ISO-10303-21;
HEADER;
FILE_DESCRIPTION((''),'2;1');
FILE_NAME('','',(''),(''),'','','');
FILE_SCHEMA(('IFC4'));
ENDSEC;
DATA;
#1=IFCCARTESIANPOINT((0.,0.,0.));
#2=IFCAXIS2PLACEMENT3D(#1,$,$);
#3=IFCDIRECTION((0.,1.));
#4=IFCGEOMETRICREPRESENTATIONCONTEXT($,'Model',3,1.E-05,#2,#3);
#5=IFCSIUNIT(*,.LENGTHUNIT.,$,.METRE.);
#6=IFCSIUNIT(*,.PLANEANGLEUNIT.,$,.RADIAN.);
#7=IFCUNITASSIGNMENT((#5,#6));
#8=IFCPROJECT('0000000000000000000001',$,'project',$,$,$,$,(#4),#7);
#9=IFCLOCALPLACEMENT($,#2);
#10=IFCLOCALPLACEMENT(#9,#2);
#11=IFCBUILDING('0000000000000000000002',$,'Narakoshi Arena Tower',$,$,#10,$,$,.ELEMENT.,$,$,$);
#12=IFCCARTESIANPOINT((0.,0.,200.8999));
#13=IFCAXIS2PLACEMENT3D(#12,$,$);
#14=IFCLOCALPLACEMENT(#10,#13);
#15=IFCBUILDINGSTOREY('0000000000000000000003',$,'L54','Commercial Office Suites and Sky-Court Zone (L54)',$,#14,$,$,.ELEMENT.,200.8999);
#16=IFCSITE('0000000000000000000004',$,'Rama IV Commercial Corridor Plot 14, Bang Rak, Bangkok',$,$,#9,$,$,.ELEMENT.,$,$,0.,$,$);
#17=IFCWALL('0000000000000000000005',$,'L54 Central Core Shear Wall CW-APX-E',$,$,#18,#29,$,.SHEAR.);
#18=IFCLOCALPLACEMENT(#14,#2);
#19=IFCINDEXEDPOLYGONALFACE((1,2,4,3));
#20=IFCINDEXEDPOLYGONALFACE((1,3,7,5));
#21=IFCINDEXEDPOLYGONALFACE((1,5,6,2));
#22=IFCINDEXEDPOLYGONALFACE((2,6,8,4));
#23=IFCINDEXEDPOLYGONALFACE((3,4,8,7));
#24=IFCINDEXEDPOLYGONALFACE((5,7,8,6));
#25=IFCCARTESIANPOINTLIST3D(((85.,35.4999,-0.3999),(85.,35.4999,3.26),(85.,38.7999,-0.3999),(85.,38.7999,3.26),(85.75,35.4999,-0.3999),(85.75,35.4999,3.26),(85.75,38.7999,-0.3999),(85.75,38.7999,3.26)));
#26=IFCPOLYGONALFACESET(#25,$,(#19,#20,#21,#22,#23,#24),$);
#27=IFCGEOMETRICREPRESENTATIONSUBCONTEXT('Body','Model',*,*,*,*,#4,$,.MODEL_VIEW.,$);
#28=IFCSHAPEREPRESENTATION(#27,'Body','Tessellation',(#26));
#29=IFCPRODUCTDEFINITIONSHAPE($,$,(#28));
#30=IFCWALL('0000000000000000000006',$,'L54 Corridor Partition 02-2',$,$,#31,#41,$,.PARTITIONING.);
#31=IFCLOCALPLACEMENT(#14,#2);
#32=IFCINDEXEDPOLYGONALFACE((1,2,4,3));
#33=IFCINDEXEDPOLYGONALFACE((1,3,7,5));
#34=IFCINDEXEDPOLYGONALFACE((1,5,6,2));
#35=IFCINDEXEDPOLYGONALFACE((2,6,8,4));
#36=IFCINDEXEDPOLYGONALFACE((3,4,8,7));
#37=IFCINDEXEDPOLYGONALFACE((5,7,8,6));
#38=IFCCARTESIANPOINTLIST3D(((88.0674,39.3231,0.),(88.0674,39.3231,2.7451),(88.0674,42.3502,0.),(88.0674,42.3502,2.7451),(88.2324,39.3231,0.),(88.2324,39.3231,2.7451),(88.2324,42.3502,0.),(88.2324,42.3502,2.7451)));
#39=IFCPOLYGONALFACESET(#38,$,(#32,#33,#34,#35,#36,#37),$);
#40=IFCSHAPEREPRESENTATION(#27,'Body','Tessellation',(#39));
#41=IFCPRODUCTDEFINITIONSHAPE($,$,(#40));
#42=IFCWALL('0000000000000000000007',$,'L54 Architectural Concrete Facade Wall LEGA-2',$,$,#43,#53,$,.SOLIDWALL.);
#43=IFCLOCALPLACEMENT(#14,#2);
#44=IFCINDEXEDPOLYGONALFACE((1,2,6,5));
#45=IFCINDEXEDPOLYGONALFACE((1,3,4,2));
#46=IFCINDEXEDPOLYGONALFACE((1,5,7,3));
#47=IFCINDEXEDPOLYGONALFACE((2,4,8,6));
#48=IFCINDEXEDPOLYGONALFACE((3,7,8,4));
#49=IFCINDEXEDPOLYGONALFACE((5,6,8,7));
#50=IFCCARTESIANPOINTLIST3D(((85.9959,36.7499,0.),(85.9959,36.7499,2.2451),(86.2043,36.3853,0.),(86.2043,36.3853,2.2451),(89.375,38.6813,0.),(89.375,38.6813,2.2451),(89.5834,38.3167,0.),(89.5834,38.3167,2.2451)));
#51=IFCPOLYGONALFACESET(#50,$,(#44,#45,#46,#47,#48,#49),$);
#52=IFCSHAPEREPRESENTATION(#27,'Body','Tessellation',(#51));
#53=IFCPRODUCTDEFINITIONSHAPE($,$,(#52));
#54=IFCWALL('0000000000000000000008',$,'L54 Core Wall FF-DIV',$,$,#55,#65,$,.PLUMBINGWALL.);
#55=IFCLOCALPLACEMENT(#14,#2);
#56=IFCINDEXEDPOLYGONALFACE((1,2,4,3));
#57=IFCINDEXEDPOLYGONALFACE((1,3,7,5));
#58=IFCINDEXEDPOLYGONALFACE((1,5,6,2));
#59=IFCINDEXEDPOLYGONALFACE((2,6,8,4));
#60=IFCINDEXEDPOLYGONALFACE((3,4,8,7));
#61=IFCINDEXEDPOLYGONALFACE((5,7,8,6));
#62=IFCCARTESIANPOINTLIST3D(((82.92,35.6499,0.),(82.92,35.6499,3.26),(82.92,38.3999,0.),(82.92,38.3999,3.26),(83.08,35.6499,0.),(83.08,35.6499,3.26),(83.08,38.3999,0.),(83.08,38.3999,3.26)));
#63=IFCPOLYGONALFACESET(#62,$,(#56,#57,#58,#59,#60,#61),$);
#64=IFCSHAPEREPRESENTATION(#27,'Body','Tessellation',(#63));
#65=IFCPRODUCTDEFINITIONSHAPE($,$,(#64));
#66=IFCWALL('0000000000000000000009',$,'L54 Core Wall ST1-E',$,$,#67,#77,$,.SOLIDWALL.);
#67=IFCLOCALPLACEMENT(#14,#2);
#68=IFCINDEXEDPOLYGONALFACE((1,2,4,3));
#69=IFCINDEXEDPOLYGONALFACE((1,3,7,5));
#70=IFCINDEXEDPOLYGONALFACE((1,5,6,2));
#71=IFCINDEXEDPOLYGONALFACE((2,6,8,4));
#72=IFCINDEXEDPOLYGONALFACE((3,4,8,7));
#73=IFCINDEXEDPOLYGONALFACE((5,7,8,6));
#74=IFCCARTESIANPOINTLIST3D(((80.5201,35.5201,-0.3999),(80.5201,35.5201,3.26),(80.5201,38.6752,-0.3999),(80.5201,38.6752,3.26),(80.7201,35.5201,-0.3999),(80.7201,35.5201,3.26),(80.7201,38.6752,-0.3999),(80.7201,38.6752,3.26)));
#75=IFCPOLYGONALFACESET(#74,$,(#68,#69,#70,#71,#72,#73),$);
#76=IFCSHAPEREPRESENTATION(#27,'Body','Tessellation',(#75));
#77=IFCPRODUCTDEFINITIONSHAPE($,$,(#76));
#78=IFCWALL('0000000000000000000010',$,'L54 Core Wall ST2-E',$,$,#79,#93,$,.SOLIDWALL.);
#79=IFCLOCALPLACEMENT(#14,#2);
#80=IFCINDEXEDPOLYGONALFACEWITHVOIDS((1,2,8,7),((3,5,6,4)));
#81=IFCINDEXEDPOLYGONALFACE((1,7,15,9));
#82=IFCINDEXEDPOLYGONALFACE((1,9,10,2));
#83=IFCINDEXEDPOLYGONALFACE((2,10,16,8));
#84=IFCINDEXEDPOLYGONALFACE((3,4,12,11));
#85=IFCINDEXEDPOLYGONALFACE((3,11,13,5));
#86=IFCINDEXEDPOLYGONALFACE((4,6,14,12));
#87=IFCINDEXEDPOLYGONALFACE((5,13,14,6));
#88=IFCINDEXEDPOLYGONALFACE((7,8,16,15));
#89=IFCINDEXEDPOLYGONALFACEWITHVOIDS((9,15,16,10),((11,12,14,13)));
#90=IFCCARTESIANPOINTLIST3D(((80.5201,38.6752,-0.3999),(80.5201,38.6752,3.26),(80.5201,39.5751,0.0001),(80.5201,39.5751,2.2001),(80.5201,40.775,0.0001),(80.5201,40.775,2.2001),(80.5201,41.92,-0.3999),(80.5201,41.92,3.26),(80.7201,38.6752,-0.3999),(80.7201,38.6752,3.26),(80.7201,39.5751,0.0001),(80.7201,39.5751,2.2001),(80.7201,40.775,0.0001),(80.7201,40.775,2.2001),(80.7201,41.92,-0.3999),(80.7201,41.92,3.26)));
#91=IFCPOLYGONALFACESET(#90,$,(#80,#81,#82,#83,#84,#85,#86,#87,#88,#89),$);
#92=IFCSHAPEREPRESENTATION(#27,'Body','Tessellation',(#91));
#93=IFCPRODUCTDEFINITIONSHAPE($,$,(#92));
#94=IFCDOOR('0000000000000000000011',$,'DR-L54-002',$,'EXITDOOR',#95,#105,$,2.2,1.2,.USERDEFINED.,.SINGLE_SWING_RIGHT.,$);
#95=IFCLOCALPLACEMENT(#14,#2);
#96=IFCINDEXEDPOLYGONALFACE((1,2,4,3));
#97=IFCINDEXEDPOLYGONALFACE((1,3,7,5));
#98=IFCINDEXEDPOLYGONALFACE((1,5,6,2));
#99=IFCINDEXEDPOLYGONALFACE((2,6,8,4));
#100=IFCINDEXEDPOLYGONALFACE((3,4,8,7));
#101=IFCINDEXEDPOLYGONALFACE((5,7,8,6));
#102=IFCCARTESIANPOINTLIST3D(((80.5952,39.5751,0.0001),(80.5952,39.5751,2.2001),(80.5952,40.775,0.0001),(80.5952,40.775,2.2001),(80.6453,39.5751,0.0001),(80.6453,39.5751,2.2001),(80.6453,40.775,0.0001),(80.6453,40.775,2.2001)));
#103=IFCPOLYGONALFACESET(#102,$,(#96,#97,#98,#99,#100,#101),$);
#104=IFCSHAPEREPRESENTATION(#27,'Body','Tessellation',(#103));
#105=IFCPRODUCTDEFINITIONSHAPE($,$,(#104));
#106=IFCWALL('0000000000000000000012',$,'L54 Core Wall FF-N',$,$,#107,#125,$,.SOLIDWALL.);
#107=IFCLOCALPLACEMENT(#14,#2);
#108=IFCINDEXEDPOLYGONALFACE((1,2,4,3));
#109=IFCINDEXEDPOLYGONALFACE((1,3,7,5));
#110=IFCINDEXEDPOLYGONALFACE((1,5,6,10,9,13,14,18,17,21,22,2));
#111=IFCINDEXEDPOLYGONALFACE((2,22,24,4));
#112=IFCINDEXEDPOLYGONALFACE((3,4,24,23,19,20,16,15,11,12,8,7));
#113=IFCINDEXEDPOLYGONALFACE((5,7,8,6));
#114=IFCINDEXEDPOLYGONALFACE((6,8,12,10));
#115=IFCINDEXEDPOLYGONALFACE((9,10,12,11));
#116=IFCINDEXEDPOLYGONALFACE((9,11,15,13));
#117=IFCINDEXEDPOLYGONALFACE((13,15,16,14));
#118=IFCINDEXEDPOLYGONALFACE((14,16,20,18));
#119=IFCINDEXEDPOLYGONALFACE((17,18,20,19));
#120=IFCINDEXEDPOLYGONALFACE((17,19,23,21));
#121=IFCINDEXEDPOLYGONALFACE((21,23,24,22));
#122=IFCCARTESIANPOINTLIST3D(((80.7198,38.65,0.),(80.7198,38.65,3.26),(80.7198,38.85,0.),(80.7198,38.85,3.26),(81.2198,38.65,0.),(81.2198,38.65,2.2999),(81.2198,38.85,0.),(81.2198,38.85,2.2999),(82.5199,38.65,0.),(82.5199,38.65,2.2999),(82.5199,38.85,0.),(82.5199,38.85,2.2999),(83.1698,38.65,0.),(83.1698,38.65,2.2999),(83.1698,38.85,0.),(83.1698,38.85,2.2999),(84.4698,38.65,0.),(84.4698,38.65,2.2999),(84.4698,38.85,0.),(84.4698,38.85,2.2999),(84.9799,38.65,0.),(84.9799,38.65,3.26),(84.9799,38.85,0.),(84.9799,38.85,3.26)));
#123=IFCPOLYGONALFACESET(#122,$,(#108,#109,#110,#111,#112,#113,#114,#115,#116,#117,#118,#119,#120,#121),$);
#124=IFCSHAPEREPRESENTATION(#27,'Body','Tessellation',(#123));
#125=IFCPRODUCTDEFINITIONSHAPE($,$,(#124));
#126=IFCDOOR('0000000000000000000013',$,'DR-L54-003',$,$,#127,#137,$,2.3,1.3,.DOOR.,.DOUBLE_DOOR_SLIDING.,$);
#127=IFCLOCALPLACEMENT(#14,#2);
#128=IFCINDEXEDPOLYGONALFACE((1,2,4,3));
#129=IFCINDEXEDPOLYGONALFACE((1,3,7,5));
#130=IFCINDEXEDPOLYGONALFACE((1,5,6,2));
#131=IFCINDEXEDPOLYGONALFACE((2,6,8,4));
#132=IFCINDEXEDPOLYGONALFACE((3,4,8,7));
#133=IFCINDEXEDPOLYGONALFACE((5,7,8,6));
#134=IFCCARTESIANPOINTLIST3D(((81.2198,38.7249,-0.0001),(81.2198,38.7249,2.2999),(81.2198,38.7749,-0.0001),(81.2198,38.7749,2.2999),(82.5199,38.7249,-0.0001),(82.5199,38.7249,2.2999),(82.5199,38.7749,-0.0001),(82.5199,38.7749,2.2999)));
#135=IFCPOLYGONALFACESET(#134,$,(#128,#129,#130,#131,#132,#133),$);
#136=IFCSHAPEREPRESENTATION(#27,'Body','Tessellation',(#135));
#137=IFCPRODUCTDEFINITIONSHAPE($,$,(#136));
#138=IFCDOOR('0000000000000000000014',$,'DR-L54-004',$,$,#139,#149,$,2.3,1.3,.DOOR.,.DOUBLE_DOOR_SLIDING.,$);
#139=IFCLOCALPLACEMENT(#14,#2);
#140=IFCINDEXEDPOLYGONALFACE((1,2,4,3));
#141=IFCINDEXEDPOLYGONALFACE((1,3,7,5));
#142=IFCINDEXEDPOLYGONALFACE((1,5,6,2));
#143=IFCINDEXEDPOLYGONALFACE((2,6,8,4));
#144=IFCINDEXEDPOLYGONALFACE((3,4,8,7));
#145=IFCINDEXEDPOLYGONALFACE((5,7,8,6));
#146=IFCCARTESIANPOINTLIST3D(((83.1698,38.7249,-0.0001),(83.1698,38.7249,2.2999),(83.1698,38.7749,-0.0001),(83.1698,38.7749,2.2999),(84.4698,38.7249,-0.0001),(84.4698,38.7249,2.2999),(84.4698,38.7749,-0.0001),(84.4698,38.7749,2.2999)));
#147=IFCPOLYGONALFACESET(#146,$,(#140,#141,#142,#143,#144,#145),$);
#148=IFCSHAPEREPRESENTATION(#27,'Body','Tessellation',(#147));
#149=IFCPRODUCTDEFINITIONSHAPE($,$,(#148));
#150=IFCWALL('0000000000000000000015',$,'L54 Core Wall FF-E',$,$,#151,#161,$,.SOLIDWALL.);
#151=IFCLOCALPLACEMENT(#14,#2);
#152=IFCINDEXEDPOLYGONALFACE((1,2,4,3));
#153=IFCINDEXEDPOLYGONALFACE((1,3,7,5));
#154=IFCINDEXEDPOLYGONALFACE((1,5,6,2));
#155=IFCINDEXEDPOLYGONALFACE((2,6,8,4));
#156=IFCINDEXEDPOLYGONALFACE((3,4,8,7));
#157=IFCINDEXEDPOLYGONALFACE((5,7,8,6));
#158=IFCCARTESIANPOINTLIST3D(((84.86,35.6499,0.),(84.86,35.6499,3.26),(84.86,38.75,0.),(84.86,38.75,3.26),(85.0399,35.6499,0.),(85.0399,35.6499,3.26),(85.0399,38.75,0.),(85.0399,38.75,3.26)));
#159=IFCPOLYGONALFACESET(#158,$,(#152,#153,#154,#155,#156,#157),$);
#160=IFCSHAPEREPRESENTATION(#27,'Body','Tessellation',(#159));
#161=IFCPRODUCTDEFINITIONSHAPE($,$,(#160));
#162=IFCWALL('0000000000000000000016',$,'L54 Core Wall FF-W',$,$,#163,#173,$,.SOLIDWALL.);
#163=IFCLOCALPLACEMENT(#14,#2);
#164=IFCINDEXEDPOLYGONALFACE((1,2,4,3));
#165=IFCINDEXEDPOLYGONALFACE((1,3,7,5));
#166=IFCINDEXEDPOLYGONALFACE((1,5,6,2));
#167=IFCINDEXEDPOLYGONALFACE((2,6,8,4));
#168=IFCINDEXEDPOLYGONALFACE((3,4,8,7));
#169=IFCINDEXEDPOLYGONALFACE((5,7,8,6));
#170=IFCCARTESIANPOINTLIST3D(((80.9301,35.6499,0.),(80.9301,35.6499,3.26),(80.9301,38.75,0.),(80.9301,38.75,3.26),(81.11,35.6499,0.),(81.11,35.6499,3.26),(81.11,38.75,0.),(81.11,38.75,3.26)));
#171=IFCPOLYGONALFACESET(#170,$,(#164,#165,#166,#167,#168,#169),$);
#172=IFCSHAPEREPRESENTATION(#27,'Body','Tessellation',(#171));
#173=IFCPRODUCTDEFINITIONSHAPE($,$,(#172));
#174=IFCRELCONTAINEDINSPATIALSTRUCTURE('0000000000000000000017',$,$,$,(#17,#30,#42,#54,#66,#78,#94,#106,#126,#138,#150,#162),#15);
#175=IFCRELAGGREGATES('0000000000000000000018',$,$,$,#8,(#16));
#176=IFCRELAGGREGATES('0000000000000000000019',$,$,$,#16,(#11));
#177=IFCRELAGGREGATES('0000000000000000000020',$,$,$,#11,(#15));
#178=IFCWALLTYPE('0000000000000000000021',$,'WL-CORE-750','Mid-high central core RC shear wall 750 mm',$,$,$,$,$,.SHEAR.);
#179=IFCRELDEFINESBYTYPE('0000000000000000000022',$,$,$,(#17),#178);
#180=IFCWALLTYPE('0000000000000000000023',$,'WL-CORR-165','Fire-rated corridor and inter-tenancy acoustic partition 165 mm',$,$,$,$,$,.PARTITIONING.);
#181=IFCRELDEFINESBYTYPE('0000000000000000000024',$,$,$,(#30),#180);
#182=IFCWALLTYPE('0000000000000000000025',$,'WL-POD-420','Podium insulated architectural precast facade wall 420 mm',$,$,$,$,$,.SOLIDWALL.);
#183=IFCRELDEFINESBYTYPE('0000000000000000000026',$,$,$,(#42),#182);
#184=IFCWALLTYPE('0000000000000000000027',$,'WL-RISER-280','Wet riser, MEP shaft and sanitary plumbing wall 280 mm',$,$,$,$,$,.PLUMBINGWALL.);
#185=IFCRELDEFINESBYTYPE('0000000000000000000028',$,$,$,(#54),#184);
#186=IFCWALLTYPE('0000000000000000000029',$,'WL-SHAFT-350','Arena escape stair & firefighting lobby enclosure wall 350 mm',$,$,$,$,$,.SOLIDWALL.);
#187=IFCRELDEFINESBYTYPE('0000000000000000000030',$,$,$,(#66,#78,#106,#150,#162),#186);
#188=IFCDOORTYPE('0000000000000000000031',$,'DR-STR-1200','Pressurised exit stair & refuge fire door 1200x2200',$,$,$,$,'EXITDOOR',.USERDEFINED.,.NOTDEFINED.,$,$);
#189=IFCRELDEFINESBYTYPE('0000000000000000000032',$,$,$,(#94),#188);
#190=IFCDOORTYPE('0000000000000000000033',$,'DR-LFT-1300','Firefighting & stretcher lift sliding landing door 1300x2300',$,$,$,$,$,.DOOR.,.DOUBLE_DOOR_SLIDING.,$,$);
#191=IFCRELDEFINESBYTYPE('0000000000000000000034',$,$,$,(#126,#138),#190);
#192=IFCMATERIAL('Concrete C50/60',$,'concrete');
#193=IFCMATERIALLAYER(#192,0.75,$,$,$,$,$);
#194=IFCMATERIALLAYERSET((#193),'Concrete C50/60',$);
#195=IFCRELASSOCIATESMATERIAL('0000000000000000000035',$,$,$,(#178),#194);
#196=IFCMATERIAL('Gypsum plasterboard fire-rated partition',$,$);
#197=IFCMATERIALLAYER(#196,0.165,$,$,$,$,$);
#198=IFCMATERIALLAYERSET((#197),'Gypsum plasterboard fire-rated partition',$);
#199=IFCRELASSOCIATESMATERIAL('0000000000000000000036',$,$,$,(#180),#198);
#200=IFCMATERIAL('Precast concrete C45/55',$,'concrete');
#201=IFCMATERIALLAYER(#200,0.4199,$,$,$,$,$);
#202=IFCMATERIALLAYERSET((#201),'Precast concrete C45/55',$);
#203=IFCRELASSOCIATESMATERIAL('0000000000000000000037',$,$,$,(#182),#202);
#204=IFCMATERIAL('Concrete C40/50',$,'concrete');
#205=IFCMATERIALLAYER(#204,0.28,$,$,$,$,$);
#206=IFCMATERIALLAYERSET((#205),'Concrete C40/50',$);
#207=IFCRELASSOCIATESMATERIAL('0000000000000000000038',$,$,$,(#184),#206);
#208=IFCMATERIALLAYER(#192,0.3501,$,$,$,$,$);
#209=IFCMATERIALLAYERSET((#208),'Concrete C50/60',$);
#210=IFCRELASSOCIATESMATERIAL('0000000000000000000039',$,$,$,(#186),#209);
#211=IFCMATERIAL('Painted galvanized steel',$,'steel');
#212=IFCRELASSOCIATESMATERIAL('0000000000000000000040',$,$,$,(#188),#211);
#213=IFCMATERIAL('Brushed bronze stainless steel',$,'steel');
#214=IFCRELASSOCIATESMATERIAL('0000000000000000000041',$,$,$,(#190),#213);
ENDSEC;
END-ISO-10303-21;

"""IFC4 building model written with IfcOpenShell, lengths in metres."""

from ifc_helpers import new_model, si_unit, direction, frame, frame_2d, origin, place, context, subcontext, project, spatial, rectangle, extrude, material, layer, layer_set, type_object, element, fill, save


model = new_model("IFC4")

# Units and contexts
model_context = context("Model", 3, precision=1e-05, world=origin(), true_north=direction((0.0, 1.0)))
body_context = subcontext(model_context, "Body", "Model", "MODEL_VIEW")
ifc_project = project(units=[si_unit("LENGTHUNIT", "METRE"), si_unit("PLANEANGLEUNIT", "RADIAN")], contexts=[model_context])

# Site, building, storey
site_placement = place(None, origin())
site = spatial("IfcSite", under=ifc_project, at=site_placement, Name="Rama IV Commercial Corridor Plot 14, Bang Rak, Bangkok", CompositionType="ELEMENT", RefElevation=0.0)
building_placement = place(site_placement, origin())
building = spatial("IfcBuilding", under=site, at=building_placement, Name="Narakoshi Arena Tower", CompositionType="ELEMENT")
storey_placement = place(building_placement, frame((0.0, 0.0, 200.8999)))
storey = spatial("IfcBuildingStorey", under=building, at=storey_placement, Name="L54", Description="Commercial Office Suites and Sky-Court Zone (L54)", CompositionType="ELEMENT", Elevation=200.8999)

# Walls
ifc_material_1 = material(Name="Concrete C50/60", Category="concrete")
ifc_layer_1 = layer(ifc_material_1, 0.75)
ifc_layer_set_1 = layer_set([ifc_layer_1], Name="Concrete C50/60")
wall_type_1 = type_object("IfcWallType", Name="WL-CORE-750", Description="Mid-high central core RC shear wall 750 mm", PredefinedType="SHEAR", material=ifc_layer_set_1)
wall_1_placement = place(storey_placement, frame((85.375, 35.5, -0.3999), z_axis=(0.0, 0.0, 1.0), x_axis=(0.0, 1.0, 0.0)))
element("IfcWall", 1, at=wall_1_placement, inside=storey, type_object=wall_type_1, Name="L54 Central Core Shear Wall CW-APX-E", PredefinedType="SHEAR", context=body_context, shape_type="SweptSolid", body=[
    extrude(rectangle(XDim=3.3, YDim=0.75, at=frame_2d((1.6499, 0.0))), origin(), (0.0, 0.0, 1.0), 3.6599),
])
ifc_material_2 = material(Name="Gypsum plasterboard fire-rated partition")
ifc_layer_2 = layer(ifc_material_2, 0.165)
ifc_layer_set_2 = layer_set([ifc_layer_2], Name="Gypsum plasterboard fire-rated partition")
wall_type_2 = type_object("IfcWallType", Name="WL-CORR-165", Description="Fire-rated corridor and inter-tenancy acoustic partition 165 mm", PredefinedType="PARTITIONING", material=ifc_layer_set_2)
wall_2_placement = place(storey_placement, frame((88.1499, 39.323, 0.0), z_axis=(0.0, 0.0, 1.0), x_axis=(0.0, 1.0, 0.0)))
element("IfcWall", 2, at=wall_2_placement, inside=storey, type_object=wall_type_2, Name="L54 Corridor Partition 02-2", PredefinedType="PARTITIONING", context=body_context, shape_type="SweptSolid", body=[
    extrude(rectangle(XDim=3.0271, YDim=0.165, at=frame_2d((1.5137, 0.0))), origin(), (0.0, 0.0, 1.0), 2.7451),
])
ifc_material_3 = material(Name="Precast concrete C45/55", Category="concrete")
ifc_layer_3 = layer(ifc_material_3, 0.4199)
ifc_layer_set_3 = layer_set([ifc_layer_3], Name="Precast concrete C45/55")
wall_type_3 = type_object("IfcWallType", Name="WL-POD-420", Description="Podium insulated architectural precast facade wall 420 mm", PredefinedType="SOLIDWALL", material=ifc_layer_set_3)
wall_3_placement = place(storey_placement, frame((86.1001, 36.5676, 0.0), z_axis=(0.0, 0.0, 1.0), x_axis=(0.868193, 0.496227, 0.0)))
element("IfcWall", 3, at=wall_3_placement, inside=storey, type_object=wall_type_3, Name="L54 Architectural Concrete Facade Wall LEGA-2", PredefinedType="SOLIDWALL", context=body_context, shape_type="SweptSolid", body=[
    extrude(rectangle(XDim=3.8921, YDim=0.4199, at=frame_2d((1.946, 0.0))), origin(), (0.0, 0.0, 1.0), 2.2451),
])
ifc_material_4 = material(Name="Concrete C40/50", Category="concrete")
ifc_layer_4 = layer(ifc_material_4, 0.28)
ifc_layer_set_4 = layer_set([ifc_layer_4], Name="Concrete C40/50")
wall_type_4 = type_object("IfcWallType", Name="WL-RISER-280", Description="Wet riser, MEP shaft and sanitary plumbing wall 280 mm", PredefinedType="PLUMBINGWALL", material=ifc_layer_set_4)
wall_4_placement = place(storey_placement, frame((83.0, 35.6499, 0.0), z_axis=(0.0, 0.0, 1.0), x_axis=(0.0, 1.0, 0.0)))
element("IfcWall", 4, at=wall_4_placement, inside=storey, type_object=wall_type_4, Name="L54 Core Wall FF-DIV", PredefinedType="PLUMBINGWALL", context=body_context, shape_type="SweptSolid", body=[
    extrude(rectangle(XDim=2.75, YDim=0.1599, at=frame_2d((1.375, 0.0))), origin(), (0.0, 0.0, 1.0), 3.26),
])
ifc_layer_5 = layer(ifc_material_1, 0.3501)
ifc_layer_set_5 = layer_set([ifc_layer_5], Name="Concrete C50/60")
wall_type_5 = type_object("IfcWallType", Name="WL-SHAFT-350", Description="Arena escape stair & firefighting lobby enclosure wall 350 mm", PredefinedType="SOLIDWALL", material=ifc_layer_set_5)
wall_5_placement = place(storey_placement, frame((80.6201, 35.52, -0.3999), z_axis=(0.0, 0.0, 1.0), x_axis=(0.0, 1.0, 0.0)))
element("IfcWall", 5, at=wall_5_placement, inside=storey, type_object=wall_type_5, Name="L54 Core Wall ST1-E", PredefinedType="SOLIDWALL", context=body_context, shape_type="SweptSolid", body=[
    extrude(rectangle(XDim=3.155, YDim=0.2, at=frame_2d((1.5776, 0.0))), origin(), (0.0, 0.0, 1.0), 3.6599),
])

# Wall, opening, door
wall_6_placement = place(storey_placement, frame((80.6201, 38.675, -0.3999), z_axis=(0.0, 0.0, 1.0), x_axis=(0.0, 1.0, 0.0)))
wall_6 = element("IfcWall", 6, at=wall_6_placement, inside=storey, type_object=wall_type_5, Name="L54 Core Wall ST2-E", PredefinedType="SOLIDWALL", context=body_context, shape_type="SweptSolid", body=[
    extrude(rectangle(XDim=3.2449, YDim=0.2, at=frame_2d((1.6226, 0.0))), origin(), (0.0, 0.0, 1.0), 3.6599),
])
opening_1_placement = place(wall_6_placement, frame((0.8999, 0.0, 0.3999)))
opening_1 = element("IfcOpeningElement", 7, at=opening_1_placement, cuts=wall_6, PredefinedType="OPENING", context=body_context, shape_type="SweptSolid", body=[
    extrude(rectangle(XDim=1.2, YDim=2.2, at=frame_2d((0.6001, 1.1001))), frame((0.0, 0.1099, 0.0), z_axis=(0.0, -1.0, 0.0), x_axis=(1.0, 0.0, 0.0)), (0.0, 0.0, 1.0), 0.22),
])
ifc_material_5 = material(Name="Painted galvanized steel", Category="steel")
door_type_1 = type_object("IfcDoorType", Name="DR-STR-1200", Description="Pressurised exit stair & refuge fire door 1200x2200", ElementType="EXITDOOR", OperationType="NOTDEFINED", PredefinedType="USERDEFINED", material=ifc_material_5)
door_1_placement = place(opening_1_placement, origin())
door_1 = element("IfcDoor", 8, at=door_1_placement, inside=storey, type_object=door_type_1, Name="DR-L54-002", ObjectType="EXITDOOR", OperationType="SINGLE_SWING_RIGHT", OverallHeight=2.2, OverallWidth=1.2, PredefinedType="USERDEFINED", context=body_context, shape_type="SweptSolid", body=[
    extrude(rectangle(XDim=1.2, YDim=2.2, at=frame_2d((0.6001, 1.1001))), frame((0.0, 0.0249, 0.0), z_axis=(0.0, -1.0, 0.0), x_axis=(1.0, 0.0, 0.0)), (0.0, 0.0, 1.0), 0.05),
])
fill(opening_1, door_1)

# Wall, openings, doors
wall_7_placement = place(storey_placement, frame((80.72, 38.75, 0.0), z_axis=(0.0, 0.0, 1.0), x_axis=(1.0, 0.0, 0.0)))
wall_7 = element("IfcWall", 9, at=wall_7_placement, inside=storey, type_object=wall_type_5, Name="L54 Core Wall FF-N", PredefinedType="SOLIDWALL", context=body_context, shape_type="SweptSolid", body=[
    extrude(rectangle(XDim=4.26, YDim=0.2, at=frame_2d((2.1299, 0.0))), origin(), (0.0, 0.0, 1.0), 3.26),
])
opening_2_placement = place(wall_7_placement, frame((0.5, 0.0, 0.0)))
opening_2 = element("IfcOpeningElement", 10, at=opening_2_placement, cuts=wall_7, PredefinedType="OPENING", context=body_context, shape_type="SweptSolid", body=[
    extrude(rectangle(XDim=1.3, YDim=2.3, at=frame_2d((0.6499, 1.1499))), frame((0.0, 0.1099, 0.0), z_axis=(0.0, -1.0, 0.0), x_axis=(1.0, 0.0, 0.0)), (0.0, 0.0, 1.0), 0.22),
])
opening_3_placement = place(wall_7_placement, frame((2.45, 0.0, 0.0)))
opening_3 = element("IfcOpeningElement", 11, at=opening_3_placement, cuts=wall_7, PredefinedType="OPENING", context=body_context, shape_type="SweptSolid", body=[
    extrude(rectangle(XDim=1.3, YDim=2.3, at=frame_2d((0.6499, 1.1499))), frame((0.0, 0.1099, 0.0), z_axis=(0.0, -1.0, 0.0), x_axis=(1.0, 0.0, 0.0)), (0.0, 0.0, 1.0), 0.22),
])
ifc_material_6 = material(Name="Brushed bronze stainless steel", Category="steel")
door_type_2 = type_object("IfcDoorType", Name="DR-LFT-1300", Description="Firefighting & stretcher lift sliding landing door 1300x2300", OperationType="DOUBLE_DOOR_SLIDING", PredefinedType="DOOR", material=ifc_material_6)
door_2_placement = place(opening_2_placement, origin())
door_2 = element("IfcDoor", 12, at=door_2_placement, inside=storey, type_object=door_type_2, Name="DR-L54-003", OperationType="DOUBLE_DOOR_SLIDING", OverallHeight=2.3, OverallWidth=1.3, PredefinedType="DOOR", context=body_context, shape_type="SweptSolid", body=[
    extrude(rectangle(XDim=1.3, YDim=2.3, at=frame_2d((0.6499, 1.1499))), frame((0.0, 0.0249, 0.0), z_axis=(0.0, -1.0, 0.0), x_axis=(1.0, 0.0, 0.0)), (0.0, 0.0, 1.0), 0.05),
])
fill(opening_2, door_2)
door_3_placement = place(opening_3_placement, origin())
door_3 = element("IfcDoor", 13, at=door_3_placement, inside=storey, type_object=door_type_2, Name="DR-L54-004", OperationType="DOUBLE_DOOR_SLIDING", OverallHeight=2.3, OverallWidth=1.3, PredefinedType="DOOR", context=body_context, shape_type="SweptSolid", body=[
    extrude(rectangle(XDim=1.3, YDim=2.3, at=frame_2d((0.6499, 1.1499))), frame((0.0, 0.0249, 0.0), z_axis=(0.0, -1.0, 0.0), x_axis=(1.0, 0.0, 0.0)), (0.0, 0.0, 1.0), 0.05),
])
fill(opening_3, door_3)

# Walls
for number, where, z_axis, x_axis, name in (
    (14, (84.95, 35.6499, 0.0), (0.0, 0.0, 1.0), (0.0, 1.0, 0.0), "L54 Core Wall FF-E"),
    (15, (81.02, 35.6499, 0.0), (0.0, 0.0, 1.0), (0.0, 1.0, 0.0), "L54 Core Wall FF-W"),
):
    element("IfcWall", number, at=place(storey_placement, frame(where, z_axis=z_axis, x_axis=x_axis)), inside=storey, type_object=wall_type_5, Name=name, PredefinedType="SOLIDWALL", context=body_context, shape_type="SweptSolid", body=[
        extrude(rectangle(XDim=3.1001, YDim=0.1799, at=frame_2d((1.55, 0.0))), origin(), (0.0, 0.0, 1.0), 3.26),
    ])

save(model, "model.ifc")
